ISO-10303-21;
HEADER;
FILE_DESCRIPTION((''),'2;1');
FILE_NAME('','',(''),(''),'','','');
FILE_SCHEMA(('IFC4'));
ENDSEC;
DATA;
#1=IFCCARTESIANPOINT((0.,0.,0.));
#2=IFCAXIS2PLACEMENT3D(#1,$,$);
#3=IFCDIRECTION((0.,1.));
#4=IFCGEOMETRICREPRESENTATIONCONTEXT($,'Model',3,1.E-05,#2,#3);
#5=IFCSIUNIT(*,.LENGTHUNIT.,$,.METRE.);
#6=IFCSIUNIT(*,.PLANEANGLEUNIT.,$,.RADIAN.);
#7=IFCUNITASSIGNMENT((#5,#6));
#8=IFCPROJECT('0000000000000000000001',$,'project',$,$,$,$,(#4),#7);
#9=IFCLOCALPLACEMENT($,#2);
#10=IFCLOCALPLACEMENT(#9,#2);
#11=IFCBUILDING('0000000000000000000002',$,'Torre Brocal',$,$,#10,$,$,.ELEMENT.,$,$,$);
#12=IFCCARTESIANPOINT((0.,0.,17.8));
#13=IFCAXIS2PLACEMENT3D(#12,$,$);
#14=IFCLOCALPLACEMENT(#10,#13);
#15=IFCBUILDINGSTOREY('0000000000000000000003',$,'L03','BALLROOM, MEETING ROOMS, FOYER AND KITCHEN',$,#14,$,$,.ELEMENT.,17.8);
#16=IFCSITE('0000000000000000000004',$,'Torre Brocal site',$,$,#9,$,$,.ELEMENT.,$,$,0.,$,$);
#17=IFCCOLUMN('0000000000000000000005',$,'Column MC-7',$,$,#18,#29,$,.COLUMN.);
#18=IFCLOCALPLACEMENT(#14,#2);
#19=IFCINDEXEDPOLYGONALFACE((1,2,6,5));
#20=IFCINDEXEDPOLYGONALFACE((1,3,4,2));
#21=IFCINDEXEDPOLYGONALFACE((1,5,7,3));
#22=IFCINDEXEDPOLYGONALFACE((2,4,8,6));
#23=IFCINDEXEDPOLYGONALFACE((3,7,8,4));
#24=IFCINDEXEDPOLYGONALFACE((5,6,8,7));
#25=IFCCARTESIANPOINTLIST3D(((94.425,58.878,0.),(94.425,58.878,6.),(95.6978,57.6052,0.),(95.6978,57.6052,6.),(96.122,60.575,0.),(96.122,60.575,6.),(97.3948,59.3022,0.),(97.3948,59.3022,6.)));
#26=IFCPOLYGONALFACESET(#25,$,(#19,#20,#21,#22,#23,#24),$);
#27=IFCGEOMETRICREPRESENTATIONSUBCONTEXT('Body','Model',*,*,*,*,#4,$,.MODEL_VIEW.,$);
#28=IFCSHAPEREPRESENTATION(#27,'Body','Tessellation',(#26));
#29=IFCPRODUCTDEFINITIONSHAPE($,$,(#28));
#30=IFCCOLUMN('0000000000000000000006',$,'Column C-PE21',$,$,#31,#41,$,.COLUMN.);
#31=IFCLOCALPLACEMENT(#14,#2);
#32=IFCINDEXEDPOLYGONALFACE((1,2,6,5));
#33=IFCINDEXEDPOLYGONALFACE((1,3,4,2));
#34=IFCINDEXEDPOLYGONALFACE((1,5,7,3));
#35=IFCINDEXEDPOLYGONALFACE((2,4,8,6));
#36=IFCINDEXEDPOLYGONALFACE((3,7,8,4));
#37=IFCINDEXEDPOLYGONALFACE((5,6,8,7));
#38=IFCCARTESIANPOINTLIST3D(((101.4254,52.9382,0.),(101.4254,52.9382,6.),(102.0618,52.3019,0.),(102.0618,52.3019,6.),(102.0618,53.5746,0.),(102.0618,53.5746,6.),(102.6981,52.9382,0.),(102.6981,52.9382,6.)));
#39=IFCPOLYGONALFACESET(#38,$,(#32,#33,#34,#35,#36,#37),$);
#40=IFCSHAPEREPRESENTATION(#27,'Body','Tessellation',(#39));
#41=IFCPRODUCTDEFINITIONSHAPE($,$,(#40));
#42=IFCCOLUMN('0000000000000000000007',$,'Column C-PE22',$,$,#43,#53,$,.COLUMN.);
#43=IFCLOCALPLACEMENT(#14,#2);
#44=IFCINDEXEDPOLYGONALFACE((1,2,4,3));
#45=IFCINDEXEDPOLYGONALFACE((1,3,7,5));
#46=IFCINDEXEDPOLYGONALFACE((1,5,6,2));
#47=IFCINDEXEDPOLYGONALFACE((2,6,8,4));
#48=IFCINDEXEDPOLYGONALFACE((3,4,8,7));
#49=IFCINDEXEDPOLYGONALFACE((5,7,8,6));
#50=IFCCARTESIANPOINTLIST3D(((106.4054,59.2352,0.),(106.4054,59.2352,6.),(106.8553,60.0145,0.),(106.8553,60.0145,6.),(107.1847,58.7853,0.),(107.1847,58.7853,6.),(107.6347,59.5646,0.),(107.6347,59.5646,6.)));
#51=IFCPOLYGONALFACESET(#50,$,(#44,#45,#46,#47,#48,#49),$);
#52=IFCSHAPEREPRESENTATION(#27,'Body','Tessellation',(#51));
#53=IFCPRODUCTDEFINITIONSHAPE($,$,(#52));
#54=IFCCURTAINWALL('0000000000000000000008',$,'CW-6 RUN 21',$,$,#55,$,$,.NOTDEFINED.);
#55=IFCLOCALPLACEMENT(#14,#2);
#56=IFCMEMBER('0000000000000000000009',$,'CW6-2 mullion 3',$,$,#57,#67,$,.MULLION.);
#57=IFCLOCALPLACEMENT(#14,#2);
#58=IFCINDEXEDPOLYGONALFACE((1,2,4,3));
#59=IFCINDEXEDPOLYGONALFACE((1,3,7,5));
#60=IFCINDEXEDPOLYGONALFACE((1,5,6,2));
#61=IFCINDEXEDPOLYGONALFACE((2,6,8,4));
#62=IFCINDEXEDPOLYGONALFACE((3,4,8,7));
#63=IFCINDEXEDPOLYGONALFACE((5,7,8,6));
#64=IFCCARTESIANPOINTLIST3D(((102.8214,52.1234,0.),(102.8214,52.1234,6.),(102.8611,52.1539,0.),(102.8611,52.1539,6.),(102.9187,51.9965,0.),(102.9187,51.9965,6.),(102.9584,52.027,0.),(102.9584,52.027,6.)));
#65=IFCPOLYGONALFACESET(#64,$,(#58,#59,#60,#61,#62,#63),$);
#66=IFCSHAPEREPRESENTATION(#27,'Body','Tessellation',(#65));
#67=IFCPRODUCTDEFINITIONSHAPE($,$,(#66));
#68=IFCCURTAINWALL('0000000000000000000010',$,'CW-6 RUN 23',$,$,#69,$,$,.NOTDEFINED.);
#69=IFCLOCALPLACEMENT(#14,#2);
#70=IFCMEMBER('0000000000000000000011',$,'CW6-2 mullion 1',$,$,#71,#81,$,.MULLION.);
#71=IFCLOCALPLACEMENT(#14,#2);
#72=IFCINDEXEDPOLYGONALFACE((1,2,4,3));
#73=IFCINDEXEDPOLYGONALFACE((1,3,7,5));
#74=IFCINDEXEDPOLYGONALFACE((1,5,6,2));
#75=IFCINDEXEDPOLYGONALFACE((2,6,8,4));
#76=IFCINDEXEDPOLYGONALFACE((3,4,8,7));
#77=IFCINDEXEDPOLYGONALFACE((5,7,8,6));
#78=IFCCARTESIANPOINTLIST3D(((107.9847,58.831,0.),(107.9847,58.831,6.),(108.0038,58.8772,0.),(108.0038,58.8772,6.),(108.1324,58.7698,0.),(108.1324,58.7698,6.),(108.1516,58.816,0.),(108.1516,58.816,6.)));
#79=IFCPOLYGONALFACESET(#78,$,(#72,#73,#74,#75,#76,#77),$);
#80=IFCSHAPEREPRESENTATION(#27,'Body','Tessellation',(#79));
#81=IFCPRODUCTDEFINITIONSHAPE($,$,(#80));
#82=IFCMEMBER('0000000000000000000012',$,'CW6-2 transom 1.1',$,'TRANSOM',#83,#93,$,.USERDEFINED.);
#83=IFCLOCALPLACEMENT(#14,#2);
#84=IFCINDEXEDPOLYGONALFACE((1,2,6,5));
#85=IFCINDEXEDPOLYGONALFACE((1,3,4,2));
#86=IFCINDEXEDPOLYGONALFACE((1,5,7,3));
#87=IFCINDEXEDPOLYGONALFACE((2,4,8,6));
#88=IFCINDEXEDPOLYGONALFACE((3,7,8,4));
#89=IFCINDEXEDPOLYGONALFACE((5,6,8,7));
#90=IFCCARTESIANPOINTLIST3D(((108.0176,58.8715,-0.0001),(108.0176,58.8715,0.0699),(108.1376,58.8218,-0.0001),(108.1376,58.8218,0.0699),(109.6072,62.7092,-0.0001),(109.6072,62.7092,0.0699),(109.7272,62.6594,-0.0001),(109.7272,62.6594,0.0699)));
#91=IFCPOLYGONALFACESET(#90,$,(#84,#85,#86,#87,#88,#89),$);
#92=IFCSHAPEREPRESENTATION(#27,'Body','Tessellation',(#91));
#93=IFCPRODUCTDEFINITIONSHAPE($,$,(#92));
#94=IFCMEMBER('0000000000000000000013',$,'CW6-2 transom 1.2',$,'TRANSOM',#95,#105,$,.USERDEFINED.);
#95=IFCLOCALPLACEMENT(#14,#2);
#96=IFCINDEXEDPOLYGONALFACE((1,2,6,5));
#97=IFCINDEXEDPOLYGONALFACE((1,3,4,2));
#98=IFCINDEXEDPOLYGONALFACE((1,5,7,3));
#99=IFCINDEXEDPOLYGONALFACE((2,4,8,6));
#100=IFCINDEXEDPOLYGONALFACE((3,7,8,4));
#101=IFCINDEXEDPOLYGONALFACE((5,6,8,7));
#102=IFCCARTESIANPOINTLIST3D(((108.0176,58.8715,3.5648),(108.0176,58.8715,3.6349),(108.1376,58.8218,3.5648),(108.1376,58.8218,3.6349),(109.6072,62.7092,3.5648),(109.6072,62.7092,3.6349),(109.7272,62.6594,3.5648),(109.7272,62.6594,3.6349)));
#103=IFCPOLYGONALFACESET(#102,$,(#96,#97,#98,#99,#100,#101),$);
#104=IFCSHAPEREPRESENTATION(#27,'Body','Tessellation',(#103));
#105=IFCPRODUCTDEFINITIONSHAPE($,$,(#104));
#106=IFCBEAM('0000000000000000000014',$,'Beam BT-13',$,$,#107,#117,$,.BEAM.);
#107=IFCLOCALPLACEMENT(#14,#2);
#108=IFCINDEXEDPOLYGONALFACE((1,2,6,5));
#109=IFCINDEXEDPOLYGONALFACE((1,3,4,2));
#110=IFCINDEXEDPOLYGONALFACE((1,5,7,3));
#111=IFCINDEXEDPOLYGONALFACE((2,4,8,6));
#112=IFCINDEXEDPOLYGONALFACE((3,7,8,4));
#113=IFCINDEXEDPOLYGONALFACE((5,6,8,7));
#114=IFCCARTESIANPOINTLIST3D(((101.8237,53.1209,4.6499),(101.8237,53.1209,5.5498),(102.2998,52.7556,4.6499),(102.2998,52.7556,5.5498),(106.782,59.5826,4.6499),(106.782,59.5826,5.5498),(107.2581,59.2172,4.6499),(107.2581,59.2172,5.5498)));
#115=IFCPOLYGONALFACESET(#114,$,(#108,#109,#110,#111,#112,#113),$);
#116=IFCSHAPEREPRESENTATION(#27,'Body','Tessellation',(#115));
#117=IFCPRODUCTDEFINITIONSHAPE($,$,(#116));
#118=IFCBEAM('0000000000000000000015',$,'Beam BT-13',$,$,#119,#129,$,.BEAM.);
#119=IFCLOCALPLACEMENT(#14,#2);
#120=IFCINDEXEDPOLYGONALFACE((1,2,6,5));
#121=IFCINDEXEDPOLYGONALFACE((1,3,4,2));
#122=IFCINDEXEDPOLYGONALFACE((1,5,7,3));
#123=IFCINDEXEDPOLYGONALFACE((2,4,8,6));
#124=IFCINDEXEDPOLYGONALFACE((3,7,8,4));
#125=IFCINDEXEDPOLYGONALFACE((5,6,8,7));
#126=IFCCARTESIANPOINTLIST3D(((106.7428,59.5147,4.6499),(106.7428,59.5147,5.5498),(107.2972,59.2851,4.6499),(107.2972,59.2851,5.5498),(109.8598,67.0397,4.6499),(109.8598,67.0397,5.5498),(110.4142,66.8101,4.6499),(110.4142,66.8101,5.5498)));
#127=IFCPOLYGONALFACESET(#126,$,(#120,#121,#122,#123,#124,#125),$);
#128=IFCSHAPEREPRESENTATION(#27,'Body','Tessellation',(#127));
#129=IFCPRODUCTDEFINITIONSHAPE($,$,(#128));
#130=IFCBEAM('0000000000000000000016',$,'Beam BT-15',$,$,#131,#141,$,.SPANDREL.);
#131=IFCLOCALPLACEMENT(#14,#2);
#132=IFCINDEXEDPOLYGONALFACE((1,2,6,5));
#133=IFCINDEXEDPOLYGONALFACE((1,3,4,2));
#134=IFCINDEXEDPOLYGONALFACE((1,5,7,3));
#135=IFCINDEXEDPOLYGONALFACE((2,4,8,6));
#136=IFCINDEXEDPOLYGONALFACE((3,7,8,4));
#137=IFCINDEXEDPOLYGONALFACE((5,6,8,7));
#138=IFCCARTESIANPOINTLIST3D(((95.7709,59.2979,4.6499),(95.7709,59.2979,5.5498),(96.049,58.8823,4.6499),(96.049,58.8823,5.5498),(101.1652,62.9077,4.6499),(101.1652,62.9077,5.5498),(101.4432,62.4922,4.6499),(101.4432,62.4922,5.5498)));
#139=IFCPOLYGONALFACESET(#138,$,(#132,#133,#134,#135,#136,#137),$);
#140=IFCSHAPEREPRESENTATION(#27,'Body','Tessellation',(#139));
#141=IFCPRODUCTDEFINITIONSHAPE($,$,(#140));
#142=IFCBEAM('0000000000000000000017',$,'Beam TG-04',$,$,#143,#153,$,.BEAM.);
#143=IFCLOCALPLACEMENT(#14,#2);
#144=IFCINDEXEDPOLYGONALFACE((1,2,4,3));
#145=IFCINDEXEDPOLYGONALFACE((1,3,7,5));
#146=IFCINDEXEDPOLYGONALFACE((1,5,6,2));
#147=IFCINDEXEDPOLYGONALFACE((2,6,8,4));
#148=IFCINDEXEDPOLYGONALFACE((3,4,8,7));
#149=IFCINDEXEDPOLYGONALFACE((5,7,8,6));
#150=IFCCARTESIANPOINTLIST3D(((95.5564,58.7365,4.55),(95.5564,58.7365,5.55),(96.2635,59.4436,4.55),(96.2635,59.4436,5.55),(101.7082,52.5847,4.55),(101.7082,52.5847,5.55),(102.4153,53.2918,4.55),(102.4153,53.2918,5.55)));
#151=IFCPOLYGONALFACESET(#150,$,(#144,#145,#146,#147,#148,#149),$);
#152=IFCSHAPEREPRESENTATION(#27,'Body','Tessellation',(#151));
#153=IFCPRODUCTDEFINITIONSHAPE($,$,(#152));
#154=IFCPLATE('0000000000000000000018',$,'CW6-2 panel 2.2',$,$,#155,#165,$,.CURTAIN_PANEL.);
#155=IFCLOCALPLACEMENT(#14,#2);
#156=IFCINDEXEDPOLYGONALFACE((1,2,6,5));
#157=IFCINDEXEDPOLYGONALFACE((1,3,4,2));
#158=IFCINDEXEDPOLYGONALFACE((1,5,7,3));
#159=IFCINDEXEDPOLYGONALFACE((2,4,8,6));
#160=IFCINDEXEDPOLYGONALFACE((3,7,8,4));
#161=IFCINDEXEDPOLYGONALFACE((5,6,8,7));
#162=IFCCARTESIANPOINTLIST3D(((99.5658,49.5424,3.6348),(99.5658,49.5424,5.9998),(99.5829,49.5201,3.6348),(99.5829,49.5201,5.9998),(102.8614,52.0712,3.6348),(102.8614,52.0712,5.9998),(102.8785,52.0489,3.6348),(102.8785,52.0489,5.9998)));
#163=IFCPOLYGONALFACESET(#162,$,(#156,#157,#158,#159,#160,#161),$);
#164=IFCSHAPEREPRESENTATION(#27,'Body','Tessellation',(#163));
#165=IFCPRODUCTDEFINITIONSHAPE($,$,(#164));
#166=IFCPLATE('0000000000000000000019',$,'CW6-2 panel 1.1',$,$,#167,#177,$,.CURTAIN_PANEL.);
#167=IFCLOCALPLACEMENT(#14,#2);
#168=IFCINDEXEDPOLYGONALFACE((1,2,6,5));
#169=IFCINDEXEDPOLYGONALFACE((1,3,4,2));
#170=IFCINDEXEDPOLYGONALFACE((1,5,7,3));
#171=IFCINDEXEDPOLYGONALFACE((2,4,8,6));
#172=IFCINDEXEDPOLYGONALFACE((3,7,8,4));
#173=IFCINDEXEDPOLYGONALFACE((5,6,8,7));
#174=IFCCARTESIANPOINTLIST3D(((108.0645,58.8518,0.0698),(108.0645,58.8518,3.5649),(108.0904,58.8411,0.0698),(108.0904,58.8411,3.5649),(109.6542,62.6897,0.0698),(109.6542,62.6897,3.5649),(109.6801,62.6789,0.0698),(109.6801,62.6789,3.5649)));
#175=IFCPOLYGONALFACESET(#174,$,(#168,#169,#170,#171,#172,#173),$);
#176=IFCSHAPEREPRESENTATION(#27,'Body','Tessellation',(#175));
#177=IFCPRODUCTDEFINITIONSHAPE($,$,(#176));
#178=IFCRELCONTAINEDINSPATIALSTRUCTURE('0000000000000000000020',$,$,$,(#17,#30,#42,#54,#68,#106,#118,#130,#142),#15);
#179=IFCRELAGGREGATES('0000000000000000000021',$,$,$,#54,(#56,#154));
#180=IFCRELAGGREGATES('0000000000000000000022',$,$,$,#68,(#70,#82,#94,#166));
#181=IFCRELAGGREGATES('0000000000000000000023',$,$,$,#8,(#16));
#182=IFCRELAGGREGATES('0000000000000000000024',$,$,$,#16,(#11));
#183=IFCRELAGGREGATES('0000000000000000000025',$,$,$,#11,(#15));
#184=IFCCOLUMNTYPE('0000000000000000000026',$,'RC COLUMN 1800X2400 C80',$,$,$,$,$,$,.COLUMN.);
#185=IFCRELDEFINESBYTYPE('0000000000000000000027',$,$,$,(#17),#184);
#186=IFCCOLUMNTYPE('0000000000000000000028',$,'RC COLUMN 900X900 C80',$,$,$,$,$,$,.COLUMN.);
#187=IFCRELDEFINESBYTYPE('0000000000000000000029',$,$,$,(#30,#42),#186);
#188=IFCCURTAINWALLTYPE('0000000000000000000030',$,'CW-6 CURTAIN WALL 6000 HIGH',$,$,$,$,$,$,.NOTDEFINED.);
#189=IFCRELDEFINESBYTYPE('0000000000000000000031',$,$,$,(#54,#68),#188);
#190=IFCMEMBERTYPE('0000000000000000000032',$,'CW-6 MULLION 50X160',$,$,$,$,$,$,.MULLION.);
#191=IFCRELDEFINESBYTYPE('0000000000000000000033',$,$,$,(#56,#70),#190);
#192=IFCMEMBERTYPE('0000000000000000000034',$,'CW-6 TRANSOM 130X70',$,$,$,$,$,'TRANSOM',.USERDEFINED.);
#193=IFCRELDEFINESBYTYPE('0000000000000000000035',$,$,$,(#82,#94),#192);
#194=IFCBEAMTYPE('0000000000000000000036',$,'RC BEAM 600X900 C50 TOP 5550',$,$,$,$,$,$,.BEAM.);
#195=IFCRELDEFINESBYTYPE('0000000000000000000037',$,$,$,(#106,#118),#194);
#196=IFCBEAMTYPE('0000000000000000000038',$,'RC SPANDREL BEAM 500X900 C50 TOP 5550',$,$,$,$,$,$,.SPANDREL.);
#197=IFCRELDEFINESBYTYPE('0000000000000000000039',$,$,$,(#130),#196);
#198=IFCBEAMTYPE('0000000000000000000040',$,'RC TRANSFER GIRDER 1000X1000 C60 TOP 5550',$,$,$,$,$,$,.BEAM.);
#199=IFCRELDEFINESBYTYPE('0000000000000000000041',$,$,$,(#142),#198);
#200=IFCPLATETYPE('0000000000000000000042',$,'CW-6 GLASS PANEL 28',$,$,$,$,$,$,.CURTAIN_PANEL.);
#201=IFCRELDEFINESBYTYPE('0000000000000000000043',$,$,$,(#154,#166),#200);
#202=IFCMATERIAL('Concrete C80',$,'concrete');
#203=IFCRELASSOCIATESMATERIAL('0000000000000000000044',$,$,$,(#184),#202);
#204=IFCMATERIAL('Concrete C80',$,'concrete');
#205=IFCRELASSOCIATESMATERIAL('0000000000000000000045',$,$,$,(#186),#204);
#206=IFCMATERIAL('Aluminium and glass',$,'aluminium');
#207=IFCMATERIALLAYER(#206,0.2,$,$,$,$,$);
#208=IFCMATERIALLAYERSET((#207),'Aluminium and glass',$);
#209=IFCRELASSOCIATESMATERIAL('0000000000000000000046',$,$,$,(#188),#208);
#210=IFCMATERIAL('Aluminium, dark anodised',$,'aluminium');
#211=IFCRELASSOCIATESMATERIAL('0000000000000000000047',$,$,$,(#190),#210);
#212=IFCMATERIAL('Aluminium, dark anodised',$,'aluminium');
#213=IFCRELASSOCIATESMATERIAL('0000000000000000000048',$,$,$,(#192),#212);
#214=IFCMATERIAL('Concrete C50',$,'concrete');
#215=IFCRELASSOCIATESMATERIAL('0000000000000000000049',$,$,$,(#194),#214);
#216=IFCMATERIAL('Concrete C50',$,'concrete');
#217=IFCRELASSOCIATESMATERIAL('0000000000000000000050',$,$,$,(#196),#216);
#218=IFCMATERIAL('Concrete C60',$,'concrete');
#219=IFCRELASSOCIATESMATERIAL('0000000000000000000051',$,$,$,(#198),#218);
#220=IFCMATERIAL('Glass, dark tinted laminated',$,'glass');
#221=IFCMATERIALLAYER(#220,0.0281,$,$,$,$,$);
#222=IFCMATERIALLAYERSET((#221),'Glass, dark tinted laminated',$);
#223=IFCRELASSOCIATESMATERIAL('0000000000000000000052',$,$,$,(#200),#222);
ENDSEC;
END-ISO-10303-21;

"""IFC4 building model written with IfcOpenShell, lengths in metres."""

from ifc_helpers import new_model, si_unit, direction, frame, origin, origin_2d, place, context, subcontext, project, spatial, rectangle, extrude, material, layer, layer_set, material_profile, profile_set, type_object, element, aggregate, save


model = new_model("IFC4")

# Units and contexts
model_context = context("Model", 3, precision=1e-05, world=origin(), true_north=direction((0.0, 1.0)))
body_context = subcontext(model_context, "Body", "Model", "MODEL_VIEW")
ifc_project = project(units=[si_unit("LENGTHUNIT", "METRE"), si_unit("PLANEANGLEUNIT", "RADIAN")], contexts=[model_context])

# Site, building, storey
site_placement = place(None, origin())
site = spatial("IfcSite", under=ifc_project, at=site_placement, Name="Torre Brocal site", CompositionType="ELEMENT", RefElevation=0.0)
building_placement = place(site_placement, origin())
building = spatial("IfcBuilding", under=site, at=building_placement, Name="Torre Brocal", CompositionType="ELEMENT")
storey_placement = place(building_placement, frame((0.0, 0.0, 17.8)))
storey = spatial("IfcBuildingStorey", under=building, at=storey_placement, Name="L03", Description="BALLROOM, MEETING ROOMS, FOYER AND KITCHEN", CompositionType="ELEMENT", Elevation=17.8)

# Columns
ifc_material_1 = material(Name="Concrete C80", Category="concrete")
ifc_material_profile_1 = material_profile(ifc_material_1, rectangle(XDim=1.8, YDim=2.3999, at=origin_2d()), Name="RC 1800X2400")
ifc_profile_set_1 = profile_set([ifc_material_profile_1], Name="Concrete C80")
column_type_1 = type_object("IfcColumnType", Name="RC COLUMN 1800X2400 C80", PredefinedType="COLUMN", material=ifc_profile_set_1)
column_placement = place(storey_placement, frame((95.9099, 59.0901, 0.0), z_axis=(0.0, 0.0, 1.0), x_axis=(0.707107, -0.707107, 0.0)))
element("IfcColumn", 1, at=column_placement, inside=storey, type_object=column_type_1, Name="Column MC-7", PredefinedType="COLUMN", context=body_context, shape_type="SweptSolid", body=[
    extrude(rectangle(XDim=1.8, YDim=2.3999, at=origin_2d()), origin(), (0.0, 0.0, 1.0), 6.0),
])
ifc_material_2 = material(Name="Concrete C80", Category="concrete")
ifc_material_profile_2 = material_profile(ifc_material_2, rectangle(XDim=0.8999, YDim=0.8999, at=origin_2d()), Name="RC 900X900")
ifc_profile_set_2 = profile_set([ifc_material_profile_2], Name="Concrete C80")
column_type_2 = type_object("IfcColumnType", Name="RC COLUMN 900X900 C80", PredefinedType="COLUMN", material=ifc_profile_set_2)
for number, where, z_axis, x_axis, name in (
    (2, (102.0618, 52.9382, 0.0), (0.0, 0.0, 1.0), (0.707107, -0.707107, 0.0), "Column C-PE21"),
    (3, (107.02, 59.3999, 0.0), (0.0, 0.0, 1.0), (0.866025, -0.5, 0.0), "Column C-PE22"),
):
    element("IfcColumn", number, at=place(storey_placement, frame(where, z_axis=z_axis, x_axis=x_axis)), inside=storey, type_object=column_type_2, Name=name, PredefinedType="COLUMN", context=body_context, shape_type="SweptSolid", body=[
        extrude(rectangle(XDim=0.8999, YDim=0.8999, at=origin_2d()), origin(), (0.0, 0.0, 1.0), 6.0),
    ])

# Curtain wall, member
ifc_material_3 = material(Name="Aluminium and glass", Category="aluminium")
ifc_layer_1 = layer(ifc_material_3, 0.2)
ifc_layer_set_1 = layer_set([ifc_layer_1], Name="Aluminium and glass")
curtain_wall_type = type_object("IfcCurtainWallType", Name="CW-6 CURTAIN WALL 6000 HIGH", PredefinedType="NOTDEFINED", material=ifc_layer_set_1)
curtain_wall_1_placement = place(storey_placement, origin())
curtain_wall_1 = element("IfcCurtainWall", 4, at=curtain_wall_1_placement, inside=storey, type_object=curtain_wall_type, Name="CW-6 RUN 21", PredefinedType="NOTDEFINED")
ifc_material_4 = material(Name="Aluminium, dark anodised", Category="aluminium")
ifc_material_profile_3 = material_profile(ifc_material_4, rectangle(XDim=0.1599, YDim=0.05, at=origin_2d()), Name="CW-6 MULLION 50X160")
ifc_profile_set_3 = profile_set([ifc_material_profile_3], Name="Aluminium, dark anodised")
member_type_1 = type_object("IfcMemberType", Name="CW-6 MULLION 50X160", PredefinedType="MULLION", material=ifc_profile_set_3)
member_1_placement = place(storey_placement, frame((102.8899, 52.0752, 0.0), z_axis=(0.0, 0.0, 1.0), x_axis=(-0.608761, 0.793353, 0.0)))
member_1 = element("IfcMember", 5, at=member_1_placement, type_object=member_type_1, Name="CW6-2 mullion 3", PredefinedType="MULLION", context=body_context, shape_type="SweptSolid", body=[
    extrude(rectangle(XDim=0.1599, YDim=0.05, at=origin_2d()), origin(), (0.0, 0.0, 1.0), 6.0),
])

# Curtain wall, members
curtain_wall_2_placement = place(storey_placement, origin())
curtain_wall_2 = element("IfcCurtainWall", 6, at=curtain_wall_2_placement, inside=storey, type_object=curtain_wall_type, Name="CW-6 RUN 23", PredefinedType="NOTDEFINED")
member_2_placement = place(storey_placement, frame((108.0681, 58.8235, 0.0), z_axis=(0.0, 0.0, 1.0), x_axis=(-0.92388, 0.382683, 0.0)))
member_2 = element("IfcMember", 7, at=member_2_placement, type_object=member_type_1, Name="CW6-2 mullion 1", PredefinedType="MULLION", context=body_context, shape_type="SweptSolid", body=[
    extrude(rectangle(XDim=0.1599, YDim=0.05, at=origin_2d()), origin(), (0.0, 0.0, 1.0), 6.0),
])
ifc_material_5 = material(Name="Aluminium, dark anodised", Category="aluminium")
ifc_material_profile_4 = material_profile(ifc_material_5, rectangle(XDim=0.1299, YDim=0.0701, at=origin_2d()), Name="CW-6 TRANSOM 130X70")
ifc_profile_set_4 = profile_set([ifc_material_profile_4], Name="Aluminium, dark anodised")
member_type_2 = type_object("IfcMemberType", Name="CW-6 TRANSOM 130X70", ElementType="TRANSOM", PredefinedType="USERDEFINED", material=ifc_profile_set_4)
member_3_placement = place(storey_placement, frame((108.0776, 58.8467, 0.0349), z_axis=(0.382682, 0.92388, 0.0), x_axis=(-0.92388, 0.382682, 0.0)))
member_3 = element("IfcMember", 8, at=member_3_placement, type_object=member_type_2, Name="CW6-2 transom 1.1", ObjectType="TRANSOM", PredefinedType="USERDEFINED", context=body_context, shape_type="SweptSolid", body=[
    extrude(rectangle(XDim=0.1299, YDim=0.0701, at=origin_2d()), origin(), (0.0, 0.0, 1.0), 4.1538),
])
member_4_placement = place(storey_placement, frame((108.0776, 58.8467, 3.5999), z_axis=(0.382682, 0.92388, 0.0), x_axis=(-0.92388, 0.382682, 0.0)))
member_4 = element("IfcMember", 9, at=member_4_placement, type_object=member_type_2, Name="CW6-2 transom 1.2", ObjectType="TRANSOM", PredefinedType="USERDEFINED", context=body_context, shape_type="SweptSolid", body=[
    extrude(rectangle(XDim=0.1299, YDim=0.0701, at=origin_2d()), origin(), (0.0, 0.0, 1.0), 4.1538),
])

# Beams
ifc_material_6 = material(Name="Concrete C50", Category="concrete")
ifc_material_profile_5 = material_profile(ifc_material_6, rectangle(XDim=0.6001, YDim=0.8999, at=origin_2d()), Name="RC 600X900")
ifc_profile_set_5 = profile_set([ifc_material_profile_5], Name="Concrete C50")
beam_type_1 = type_object("IfcBeamType", Name="RC BEAM 600X900 C50 TOP 5550", PredefinedType="BEAM", material=ifc_profile_set_5)
beam_1_placement = place(storey_placement, frame((102.0618, 52.9382, 5.0999), z_axis=(0.608764, 0.793351, 0.0), x_axis=(-0.793351, 0.608764, 0.0)))
element("IfcBeam", 10, at=beam_1_placement, inside=storey, type_object=beam_type_1, Name="Beam BT-13", PredefinedType="BEAM", context=body_context, shape_type="SweptSolid", body=[
    extrude(rectangle(XDim=0.6001, YDim=0.8999, at=origin_2d()), origin(), (0.0, 0.0, 1.0), 8.1448),
])
beam_2_placement = place(storey_placement, frame((107.02, 59.3999, 5.0999), z_axis=(0.382686, 0.923878, 0.0), x_axis=(-0.923878, 0.382686, 0.0)))
element("IfcBeam", 11, at=beam_2_placement, inside=storey, type_object=beam_type_1, Name="Beam BT-13", PredefinedType="BEAM", context=body_context, shape_type="SweptSolid", body=[
    extrude(rectangle(XDim=0.6001, YDim=0.8999, at=origin_2d()), origin(), (0.0, 0.0, 1.0), 8.145),
])
ifc_material_7 = material(Name="Concrete C50", Category="concrete")
ifc_material_profile_6 = material_profile(ifc_material_7, rectangle(XDim=0.5, YDim=0.8999, at=origin_2d()), Name="RC 500X900")
ifc_profile_set_6 = profile_set([ifc_material_profile_6], Name="Concrete C50")
beam_type_2 = type_object("IfcBeamType", Name="RC SPANDREL BEAM 500X900 C50 TOP 5550", PredefinedType="SPANDREL", material=ifc_profile_set_6)
beam_3_placement = place(storey_placement, frame((95.9099, 59.0901, 5.0999), z_axis=(0.831077, 0.556158, 0.0), x_axis=(-0.556158, 0.831077, 0.0)))
element("IfcBeam", 12, at=beam_3_placement, inside=storey, type_object=beam_type_2, Name="Beam BT-15", PredefinedType="SPANDREL", context=body_context, shape_type="SweptSolid", body=[
    extrude(rectangle(XDim=0.5, YDim=0.8999, at=origin_2d()), origin(), (0.0, 0.0, 1.0), 6.4907),
])
ifc_material_8 = material(Name="Concrete C60", Category="concrete")
ifc_material_profile_7 = material_profile(ifc_material_8, rectangle(XDim=1.0, YDim=1.0, at=origin_2d()), Name="RC 1000X1000")
ifc_profile_set_7 = profile_set([ifc_material_profile_7], Name="Concrete C60")
beam_type_3 = type_object("IfcBeamType", Name="RC TRANSFER GIRDER 1000X1000 C60 TOP 5550", PredefinedType="BEAM", material=ifc_profile_set_7)
beam_4_placement = place(storey_placement, frame((95.9099, 59.0901, 5.05), z_axis=(0.707107, -0.707107, 0.0), x_axis=(0.707107, 0.707107, 0.0)))
element("IfcBeam", 13, at=beam_4_placement, inside=storey, type_object=beam_type_3, Name="Beam TG-04", PredefinedType="BEAM", context=body_context, shape_type="SweptSolid", body=[
    extrude(rectangle(XDim=1.0, YDim=1.0, at=origin_2d()), origin(), (0.0, 0.0, 1.0), 8.7),
])

# Plates
ifc_material_9 = material(Name="Glass, dark tinted laminated", Category="glass")
ifc_layer_2 = layer(ifc_material_9, 0.0281)
ifc_layer_set_2 = layer_set([ifc_layer_2], Name="Glass, dark tinted laminated")
plate_type = type_object("IfcPlateType", Name="CW-6 GLASS PANEL 28", PredefinedType="CURTAIN_PANEL", material=ifc_layer_set_2)
plate_1_placement = place(storey_placement, frame((101.2222, 50.7957, 3.6348), z_axis=(0.0, 0.0, 1.0), x_axis=(0.793353, 0.608761, 0.0)))
plate_1 = element("IfcPlate", 14, at=plate_1_placement, type_object=plate_type, Name="CW6-2 panel 2.2", PredefinedType="CURTAIN_PANEL", context=body_context, shape_type="SweptSolid", body=[
    extrude(rectangle(XDim=4.1541, YDim=0.0281, at=origin_2d()), origin(), (0.0, 0.0, 1.0), 2.365),
])
aggregate(curtain_wall_1, [member_1, plate_1])
plate_2_placement = place(storey_placement, frame((108.8723, 60.7654, 0.0698), z_axis=(0.0, 0.0, 1.0), x_axis=(0.382683, 0.92388, 0.0)))
plate_2 = element("IfcPlate", 15, at=plate_2_placement, type_object=plate_type, Name="CW6-2 panel 1.1", PredefinedType="CURTAIN_PANEL", context=body_context, shape_type="SweptSolid", body=[
    extrude(rectangle(XDim=4.1541, YDim=0.0281, at=origin_2d()), origin(), (0.0, 0.0, 1.0), 3.4951),
])
aggregate(curtain_wall_2, [member_2, member_3, member_4, plate_2])

save(model, "model.ifc")
